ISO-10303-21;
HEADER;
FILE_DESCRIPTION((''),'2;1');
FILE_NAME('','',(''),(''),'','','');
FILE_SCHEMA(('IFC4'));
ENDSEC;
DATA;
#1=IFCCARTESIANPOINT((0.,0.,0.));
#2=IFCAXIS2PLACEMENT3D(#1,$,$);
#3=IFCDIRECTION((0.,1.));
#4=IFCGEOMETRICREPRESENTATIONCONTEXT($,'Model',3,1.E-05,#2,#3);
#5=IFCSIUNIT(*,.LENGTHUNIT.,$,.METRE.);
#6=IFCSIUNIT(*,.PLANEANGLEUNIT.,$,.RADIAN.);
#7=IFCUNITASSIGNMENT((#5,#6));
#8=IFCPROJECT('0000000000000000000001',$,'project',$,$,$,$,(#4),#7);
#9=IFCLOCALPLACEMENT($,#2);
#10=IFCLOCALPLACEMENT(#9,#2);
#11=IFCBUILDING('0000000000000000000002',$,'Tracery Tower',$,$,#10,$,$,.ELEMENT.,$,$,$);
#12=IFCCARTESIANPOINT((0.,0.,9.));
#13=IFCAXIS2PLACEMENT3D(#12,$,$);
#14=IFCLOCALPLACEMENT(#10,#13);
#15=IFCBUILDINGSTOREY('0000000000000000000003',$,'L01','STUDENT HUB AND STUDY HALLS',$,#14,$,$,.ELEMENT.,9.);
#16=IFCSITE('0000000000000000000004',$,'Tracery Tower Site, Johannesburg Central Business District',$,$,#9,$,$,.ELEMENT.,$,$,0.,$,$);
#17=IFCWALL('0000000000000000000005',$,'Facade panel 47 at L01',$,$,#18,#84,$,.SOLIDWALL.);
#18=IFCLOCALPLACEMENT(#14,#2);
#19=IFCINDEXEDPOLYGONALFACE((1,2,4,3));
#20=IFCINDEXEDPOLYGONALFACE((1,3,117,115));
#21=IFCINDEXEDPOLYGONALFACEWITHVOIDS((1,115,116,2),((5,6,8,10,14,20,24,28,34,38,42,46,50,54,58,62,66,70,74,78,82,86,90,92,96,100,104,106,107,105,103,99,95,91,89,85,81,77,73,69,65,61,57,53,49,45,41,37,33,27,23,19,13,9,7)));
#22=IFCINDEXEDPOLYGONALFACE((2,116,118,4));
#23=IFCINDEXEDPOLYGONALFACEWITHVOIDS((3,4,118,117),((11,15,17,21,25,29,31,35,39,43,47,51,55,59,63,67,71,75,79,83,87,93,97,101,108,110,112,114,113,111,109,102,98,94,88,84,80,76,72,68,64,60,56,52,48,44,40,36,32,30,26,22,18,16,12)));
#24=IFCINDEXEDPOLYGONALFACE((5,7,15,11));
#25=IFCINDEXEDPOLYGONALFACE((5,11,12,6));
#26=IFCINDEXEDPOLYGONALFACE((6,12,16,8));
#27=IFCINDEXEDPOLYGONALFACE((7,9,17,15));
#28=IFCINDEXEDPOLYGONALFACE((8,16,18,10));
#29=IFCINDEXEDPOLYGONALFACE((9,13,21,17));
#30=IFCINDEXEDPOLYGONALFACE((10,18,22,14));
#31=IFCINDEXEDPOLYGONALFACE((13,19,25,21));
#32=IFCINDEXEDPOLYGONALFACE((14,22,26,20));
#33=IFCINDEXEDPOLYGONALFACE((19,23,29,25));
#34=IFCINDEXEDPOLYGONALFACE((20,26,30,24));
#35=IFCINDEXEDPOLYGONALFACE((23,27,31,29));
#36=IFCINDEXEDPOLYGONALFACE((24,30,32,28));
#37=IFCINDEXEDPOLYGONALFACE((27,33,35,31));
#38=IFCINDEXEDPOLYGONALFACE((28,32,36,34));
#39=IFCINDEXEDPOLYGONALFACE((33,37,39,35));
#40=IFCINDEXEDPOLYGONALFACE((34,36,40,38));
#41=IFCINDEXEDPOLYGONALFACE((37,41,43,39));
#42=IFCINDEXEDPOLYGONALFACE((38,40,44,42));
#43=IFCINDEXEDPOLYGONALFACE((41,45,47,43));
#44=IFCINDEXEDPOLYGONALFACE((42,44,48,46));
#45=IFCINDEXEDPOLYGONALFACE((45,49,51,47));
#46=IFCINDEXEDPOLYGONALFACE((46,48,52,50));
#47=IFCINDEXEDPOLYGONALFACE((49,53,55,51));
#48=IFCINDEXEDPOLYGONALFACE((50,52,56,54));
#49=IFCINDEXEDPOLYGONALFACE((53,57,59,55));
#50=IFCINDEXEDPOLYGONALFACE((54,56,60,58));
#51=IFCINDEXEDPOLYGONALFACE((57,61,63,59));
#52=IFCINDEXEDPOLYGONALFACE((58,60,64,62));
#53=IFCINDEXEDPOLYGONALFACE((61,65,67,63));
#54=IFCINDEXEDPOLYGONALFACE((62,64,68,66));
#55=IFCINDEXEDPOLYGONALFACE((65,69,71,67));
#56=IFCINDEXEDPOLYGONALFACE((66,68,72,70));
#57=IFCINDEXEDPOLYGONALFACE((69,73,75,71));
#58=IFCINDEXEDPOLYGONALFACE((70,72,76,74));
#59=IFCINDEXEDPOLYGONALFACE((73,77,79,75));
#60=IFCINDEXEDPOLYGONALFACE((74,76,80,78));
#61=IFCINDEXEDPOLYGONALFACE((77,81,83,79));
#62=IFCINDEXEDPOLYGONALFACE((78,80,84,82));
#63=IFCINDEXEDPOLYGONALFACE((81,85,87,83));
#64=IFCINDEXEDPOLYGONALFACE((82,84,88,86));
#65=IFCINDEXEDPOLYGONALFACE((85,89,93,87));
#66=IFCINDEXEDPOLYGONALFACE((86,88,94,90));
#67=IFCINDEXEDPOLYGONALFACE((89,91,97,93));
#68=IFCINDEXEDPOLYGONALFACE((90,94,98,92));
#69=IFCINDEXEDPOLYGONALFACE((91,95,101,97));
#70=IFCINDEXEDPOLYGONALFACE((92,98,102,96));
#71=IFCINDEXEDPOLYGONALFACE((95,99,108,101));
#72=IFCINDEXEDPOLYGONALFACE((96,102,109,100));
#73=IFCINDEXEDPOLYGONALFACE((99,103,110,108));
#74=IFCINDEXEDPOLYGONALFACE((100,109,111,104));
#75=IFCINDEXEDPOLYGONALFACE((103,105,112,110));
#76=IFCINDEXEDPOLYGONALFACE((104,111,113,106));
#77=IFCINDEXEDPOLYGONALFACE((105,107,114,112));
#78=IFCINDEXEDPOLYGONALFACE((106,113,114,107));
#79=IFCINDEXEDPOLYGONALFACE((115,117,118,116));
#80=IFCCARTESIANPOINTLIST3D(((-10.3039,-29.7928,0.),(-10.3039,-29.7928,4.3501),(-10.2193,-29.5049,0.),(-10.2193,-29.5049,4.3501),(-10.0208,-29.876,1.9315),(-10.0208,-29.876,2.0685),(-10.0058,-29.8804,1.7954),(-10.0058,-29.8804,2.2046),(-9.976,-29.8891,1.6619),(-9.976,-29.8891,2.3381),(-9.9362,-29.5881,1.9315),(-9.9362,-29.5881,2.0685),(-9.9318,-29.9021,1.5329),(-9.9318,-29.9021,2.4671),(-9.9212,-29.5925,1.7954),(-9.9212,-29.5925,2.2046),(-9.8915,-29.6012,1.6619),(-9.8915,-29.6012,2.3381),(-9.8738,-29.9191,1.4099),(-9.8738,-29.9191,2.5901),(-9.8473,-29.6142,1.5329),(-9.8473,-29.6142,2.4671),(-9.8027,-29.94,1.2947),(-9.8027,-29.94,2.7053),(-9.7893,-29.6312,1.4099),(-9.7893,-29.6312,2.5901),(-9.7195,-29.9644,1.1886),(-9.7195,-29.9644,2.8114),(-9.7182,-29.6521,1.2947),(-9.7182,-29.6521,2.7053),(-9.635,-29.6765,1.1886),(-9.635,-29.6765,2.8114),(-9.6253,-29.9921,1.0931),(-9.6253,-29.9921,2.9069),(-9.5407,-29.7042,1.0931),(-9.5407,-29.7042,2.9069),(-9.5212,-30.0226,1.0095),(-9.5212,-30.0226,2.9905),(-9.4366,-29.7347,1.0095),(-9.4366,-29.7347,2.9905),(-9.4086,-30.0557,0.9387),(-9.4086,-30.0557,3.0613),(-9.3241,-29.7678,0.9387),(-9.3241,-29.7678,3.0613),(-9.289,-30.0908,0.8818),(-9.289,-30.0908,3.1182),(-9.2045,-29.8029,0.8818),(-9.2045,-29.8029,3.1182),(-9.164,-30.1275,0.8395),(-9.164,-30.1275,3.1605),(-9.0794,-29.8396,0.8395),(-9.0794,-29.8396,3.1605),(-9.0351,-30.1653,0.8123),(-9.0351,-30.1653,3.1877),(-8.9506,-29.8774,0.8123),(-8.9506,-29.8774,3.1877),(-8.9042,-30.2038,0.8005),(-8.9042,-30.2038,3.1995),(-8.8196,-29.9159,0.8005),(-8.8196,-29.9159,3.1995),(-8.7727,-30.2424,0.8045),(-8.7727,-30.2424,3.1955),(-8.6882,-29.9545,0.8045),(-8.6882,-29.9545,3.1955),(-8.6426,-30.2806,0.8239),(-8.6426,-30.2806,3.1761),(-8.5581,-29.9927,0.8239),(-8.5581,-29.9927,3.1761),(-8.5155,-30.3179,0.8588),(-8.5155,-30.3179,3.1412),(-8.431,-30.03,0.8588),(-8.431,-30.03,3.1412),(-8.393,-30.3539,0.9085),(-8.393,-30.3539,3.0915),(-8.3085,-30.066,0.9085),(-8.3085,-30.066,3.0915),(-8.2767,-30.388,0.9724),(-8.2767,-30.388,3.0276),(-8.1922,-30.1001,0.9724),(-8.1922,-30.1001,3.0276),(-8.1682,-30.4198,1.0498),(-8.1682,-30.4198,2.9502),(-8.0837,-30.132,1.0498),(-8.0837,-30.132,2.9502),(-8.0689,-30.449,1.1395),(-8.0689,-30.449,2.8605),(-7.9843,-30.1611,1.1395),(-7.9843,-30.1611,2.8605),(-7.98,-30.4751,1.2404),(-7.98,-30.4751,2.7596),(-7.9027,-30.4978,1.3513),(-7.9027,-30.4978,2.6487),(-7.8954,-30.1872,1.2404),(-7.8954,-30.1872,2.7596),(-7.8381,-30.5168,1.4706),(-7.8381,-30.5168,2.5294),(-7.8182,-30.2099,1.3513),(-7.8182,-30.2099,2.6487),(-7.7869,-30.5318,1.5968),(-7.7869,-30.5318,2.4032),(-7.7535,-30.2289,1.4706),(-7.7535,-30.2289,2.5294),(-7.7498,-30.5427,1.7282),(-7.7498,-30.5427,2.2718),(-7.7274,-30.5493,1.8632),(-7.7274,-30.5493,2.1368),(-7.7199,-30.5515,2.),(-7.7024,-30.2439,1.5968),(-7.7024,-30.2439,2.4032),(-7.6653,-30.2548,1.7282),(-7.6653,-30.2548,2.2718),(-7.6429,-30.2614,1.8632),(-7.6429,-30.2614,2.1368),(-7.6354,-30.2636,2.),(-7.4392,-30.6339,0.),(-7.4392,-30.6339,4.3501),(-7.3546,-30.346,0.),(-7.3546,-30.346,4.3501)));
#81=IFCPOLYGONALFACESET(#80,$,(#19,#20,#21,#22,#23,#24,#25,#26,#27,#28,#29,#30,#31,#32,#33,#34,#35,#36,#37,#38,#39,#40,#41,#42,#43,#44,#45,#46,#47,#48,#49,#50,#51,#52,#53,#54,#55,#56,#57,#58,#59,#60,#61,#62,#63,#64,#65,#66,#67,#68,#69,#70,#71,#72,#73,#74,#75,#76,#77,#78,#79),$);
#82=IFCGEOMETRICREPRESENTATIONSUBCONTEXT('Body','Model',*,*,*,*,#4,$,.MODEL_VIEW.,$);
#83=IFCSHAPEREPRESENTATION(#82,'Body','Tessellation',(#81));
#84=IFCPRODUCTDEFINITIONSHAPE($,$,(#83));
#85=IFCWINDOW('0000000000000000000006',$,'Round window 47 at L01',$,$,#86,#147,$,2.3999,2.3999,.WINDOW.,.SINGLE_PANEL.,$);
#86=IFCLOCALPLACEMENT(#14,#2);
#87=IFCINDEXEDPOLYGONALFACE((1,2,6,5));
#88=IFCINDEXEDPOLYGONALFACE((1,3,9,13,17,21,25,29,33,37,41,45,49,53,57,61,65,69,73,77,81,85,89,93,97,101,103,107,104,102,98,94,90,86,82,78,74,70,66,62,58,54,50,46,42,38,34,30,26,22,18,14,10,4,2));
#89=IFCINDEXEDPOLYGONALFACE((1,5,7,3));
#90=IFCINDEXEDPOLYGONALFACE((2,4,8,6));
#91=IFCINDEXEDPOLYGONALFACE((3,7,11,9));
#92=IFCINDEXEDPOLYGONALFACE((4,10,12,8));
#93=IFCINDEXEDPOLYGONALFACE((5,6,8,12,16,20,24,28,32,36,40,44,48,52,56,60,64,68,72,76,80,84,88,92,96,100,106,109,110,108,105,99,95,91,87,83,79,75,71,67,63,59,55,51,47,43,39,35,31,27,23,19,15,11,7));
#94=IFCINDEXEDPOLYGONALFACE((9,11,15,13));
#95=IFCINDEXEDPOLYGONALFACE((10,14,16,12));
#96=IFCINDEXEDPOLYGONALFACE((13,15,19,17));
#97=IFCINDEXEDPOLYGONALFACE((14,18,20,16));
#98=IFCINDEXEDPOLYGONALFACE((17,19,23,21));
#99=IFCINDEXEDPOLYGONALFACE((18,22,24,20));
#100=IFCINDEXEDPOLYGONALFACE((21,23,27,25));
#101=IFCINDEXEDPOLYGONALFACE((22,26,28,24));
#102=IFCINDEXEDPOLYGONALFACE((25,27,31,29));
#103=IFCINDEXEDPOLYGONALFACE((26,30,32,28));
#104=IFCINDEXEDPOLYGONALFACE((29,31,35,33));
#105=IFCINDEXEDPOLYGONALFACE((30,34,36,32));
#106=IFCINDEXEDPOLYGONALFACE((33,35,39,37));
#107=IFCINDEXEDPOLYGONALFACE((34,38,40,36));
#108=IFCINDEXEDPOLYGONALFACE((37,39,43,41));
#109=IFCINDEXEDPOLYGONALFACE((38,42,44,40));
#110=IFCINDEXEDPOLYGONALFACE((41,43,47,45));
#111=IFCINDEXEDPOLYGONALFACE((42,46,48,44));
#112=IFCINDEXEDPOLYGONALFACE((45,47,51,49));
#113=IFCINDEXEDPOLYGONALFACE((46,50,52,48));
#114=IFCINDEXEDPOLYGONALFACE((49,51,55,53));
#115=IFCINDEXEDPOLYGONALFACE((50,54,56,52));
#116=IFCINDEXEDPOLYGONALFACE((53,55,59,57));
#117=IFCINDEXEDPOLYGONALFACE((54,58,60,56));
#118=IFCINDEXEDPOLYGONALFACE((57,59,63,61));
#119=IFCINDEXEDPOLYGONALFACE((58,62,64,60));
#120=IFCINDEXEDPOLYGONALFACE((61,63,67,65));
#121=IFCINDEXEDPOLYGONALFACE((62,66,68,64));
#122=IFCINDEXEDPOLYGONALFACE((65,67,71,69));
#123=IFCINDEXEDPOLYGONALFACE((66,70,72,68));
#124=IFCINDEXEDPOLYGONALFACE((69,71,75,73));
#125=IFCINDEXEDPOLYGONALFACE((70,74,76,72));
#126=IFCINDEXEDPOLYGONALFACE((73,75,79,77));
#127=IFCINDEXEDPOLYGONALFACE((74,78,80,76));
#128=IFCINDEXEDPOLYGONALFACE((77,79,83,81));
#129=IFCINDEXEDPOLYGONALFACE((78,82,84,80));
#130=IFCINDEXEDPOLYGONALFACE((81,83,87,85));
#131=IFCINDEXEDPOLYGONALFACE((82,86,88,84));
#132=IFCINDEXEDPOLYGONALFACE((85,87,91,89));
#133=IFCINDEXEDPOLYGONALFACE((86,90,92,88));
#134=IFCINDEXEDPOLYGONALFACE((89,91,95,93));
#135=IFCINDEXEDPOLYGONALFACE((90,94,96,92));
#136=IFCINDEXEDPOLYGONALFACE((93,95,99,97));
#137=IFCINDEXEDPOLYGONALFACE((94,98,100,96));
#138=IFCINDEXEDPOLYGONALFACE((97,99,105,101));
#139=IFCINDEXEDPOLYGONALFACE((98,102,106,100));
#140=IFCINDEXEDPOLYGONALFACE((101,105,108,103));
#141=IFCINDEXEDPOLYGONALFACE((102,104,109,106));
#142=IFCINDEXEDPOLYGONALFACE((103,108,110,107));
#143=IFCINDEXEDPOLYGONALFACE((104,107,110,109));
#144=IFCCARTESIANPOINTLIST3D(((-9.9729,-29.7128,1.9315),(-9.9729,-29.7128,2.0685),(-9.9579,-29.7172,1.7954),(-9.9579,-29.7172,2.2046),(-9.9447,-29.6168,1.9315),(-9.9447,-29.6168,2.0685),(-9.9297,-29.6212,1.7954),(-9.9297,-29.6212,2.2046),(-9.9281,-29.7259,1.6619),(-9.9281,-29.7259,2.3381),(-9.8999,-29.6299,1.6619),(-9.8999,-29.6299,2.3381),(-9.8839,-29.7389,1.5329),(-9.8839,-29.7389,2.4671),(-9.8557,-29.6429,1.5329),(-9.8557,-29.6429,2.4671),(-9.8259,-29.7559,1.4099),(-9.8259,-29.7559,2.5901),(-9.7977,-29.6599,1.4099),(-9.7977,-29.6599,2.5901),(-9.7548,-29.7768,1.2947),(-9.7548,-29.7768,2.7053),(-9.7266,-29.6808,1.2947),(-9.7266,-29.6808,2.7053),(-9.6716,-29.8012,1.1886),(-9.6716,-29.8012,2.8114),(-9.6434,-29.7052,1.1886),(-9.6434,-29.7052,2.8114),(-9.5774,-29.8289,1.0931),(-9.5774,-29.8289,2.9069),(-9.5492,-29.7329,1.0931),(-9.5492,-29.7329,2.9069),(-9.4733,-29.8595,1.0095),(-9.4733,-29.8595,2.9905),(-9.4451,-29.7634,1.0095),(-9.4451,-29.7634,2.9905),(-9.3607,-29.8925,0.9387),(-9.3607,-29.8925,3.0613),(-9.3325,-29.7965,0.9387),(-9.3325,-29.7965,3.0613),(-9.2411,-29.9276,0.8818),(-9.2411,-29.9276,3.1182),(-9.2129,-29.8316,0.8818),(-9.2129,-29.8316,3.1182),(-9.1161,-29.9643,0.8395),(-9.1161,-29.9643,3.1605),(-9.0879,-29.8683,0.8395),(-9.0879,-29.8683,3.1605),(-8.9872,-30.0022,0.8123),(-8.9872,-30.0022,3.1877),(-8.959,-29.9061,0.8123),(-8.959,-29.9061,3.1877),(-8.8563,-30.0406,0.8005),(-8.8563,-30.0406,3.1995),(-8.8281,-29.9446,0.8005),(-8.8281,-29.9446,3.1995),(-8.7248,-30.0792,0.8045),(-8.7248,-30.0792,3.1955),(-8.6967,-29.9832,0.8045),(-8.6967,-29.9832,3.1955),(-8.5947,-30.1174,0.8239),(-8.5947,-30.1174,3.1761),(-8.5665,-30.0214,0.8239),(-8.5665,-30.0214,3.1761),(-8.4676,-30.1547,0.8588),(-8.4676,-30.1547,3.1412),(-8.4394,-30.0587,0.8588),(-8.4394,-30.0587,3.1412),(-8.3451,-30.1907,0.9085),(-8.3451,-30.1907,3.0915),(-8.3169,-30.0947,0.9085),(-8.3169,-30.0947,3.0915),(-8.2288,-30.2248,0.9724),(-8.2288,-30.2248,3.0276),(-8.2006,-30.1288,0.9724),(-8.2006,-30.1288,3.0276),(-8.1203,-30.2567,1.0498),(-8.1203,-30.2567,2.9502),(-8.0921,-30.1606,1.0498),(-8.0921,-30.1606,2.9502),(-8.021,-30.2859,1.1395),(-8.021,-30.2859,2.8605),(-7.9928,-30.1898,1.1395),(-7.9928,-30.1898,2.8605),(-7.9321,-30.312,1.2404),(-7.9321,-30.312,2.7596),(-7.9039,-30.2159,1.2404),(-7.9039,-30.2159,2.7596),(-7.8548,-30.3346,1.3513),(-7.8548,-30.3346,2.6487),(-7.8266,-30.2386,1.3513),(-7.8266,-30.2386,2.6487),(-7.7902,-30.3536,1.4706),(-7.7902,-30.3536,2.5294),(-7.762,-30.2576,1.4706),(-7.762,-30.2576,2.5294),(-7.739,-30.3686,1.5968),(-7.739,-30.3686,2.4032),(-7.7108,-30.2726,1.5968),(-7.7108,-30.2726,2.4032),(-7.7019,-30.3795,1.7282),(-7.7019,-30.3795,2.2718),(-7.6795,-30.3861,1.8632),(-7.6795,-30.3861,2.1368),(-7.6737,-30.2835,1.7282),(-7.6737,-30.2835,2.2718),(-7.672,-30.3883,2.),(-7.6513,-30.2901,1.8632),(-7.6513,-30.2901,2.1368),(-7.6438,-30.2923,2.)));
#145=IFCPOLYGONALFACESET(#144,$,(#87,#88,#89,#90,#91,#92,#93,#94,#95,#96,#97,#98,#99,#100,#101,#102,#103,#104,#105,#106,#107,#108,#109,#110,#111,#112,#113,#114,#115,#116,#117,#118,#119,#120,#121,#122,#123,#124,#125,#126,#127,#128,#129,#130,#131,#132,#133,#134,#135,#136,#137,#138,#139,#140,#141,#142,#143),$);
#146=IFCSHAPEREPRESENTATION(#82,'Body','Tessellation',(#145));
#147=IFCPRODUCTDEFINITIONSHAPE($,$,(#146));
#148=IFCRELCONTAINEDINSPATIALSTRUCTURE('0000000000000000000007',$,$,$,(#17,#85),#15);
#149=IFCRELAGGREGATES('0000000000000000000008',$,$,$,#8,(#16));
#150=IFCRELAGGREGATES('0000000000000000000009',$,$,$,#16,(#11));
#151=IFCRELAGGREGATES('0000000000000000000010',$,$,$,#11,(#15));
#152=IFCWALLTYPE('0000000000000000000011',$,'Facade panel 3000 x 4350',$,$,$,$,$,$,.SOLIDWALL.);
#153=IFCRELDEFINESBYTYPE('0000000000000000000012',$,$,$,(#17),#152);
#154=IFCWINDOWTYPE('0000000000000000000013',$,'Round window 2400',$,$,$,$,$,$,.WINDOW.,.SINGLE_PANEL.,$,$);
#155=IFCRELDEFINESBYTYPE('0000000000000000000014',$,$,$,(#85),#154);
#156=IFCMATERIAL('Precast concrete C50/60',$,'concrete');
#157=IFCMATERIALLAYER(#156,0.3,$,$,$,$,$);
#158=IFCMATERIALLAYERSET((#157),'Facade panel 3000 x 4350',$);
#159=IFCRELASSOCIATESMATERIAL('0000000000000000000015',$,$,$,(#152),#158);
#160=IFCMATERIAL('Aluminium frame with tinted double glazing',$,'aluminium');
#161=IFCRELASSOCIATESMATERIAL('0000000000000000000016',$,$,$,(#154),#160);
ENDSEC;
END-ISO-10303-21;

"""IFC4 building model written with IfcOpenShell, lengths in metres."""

from ifc_helpers import new_model, si_unit, direction, frame, frame_2d, origin, origin_2d, place, context, subcontext, project, spatial, rectangle, circle, extrude, material, layer, layer_set, type_object, element, fill, save


model = new_model("IFC4")

# Units and contexts
model_context = context("Model", 3, precision=1e-05, world=origin(), true_north=direction((0.0, 1.0)))
body_context = subcontext(model_context, "Body", "Model", "MODEL_VIEW")
ifc_project = project(units=[si_unit("LENGTHUNIT", "METRE"), si_unit("PLANEANGLEUNIT", "RADIAN")], contexts=[model_context])

# Site, building, storey
site_placement = place(None, origin())
site = spatial("IfcSite", under=ifc_project, at=site_placement, Name="Tracery Tower Site, Johannesburg Central Business District", CompositionType="ELEMENT", RefElevation=0.0)
building_placement = place(site_placement, origin())
building = spatial("IfcBuilding", under=site, at=building_placement, Name="Tracery Tower", CompositionType="ELEMENT")
storey_placement = place(building_placement, frame((0.0, 0.0, 9.0)))
storey = spatial("IfcBuildingStorey", under=building, at=storey_placement, Name="L01", Description="STUDENT HUB AND STUDY HALLS", CompositionType="ELEMENT", Elevation=9.0)

# Wall, opening, window
ifc_material_1 = material(Name="Precast concrete C50/60", Category="concrete")
ifc_layer_1 = layer(ifc_material_1, 0.3)
ifc_layer_set_1 = layer_set([ifc_layer_1], Name="Facade panel 3000 x 4350")
wall_type_1 = type_object("IfcWallType", Name="Facade panel 3000 x 4350", PredefinedType="SOLIDWALL", material=ifc_layer_set_1)
ifc_material_2 = material(Name="Aluminium frame with tinted double glazing", Category="aluminium")
window_type = type_object("IfcWindowType", Name="Round window 2400", PartitioningType="SINGLE_PANEL", PredefinedType="WINDOW", material=ifc_material_2)
wall_1_placement = place(storey_placement, frame((-10.2615, -29.6489, 0.0), z_axis=(0.0, 0.0, 1.0), x_axis=(0.959502, -0.281701, 0.0)))
wall_1 = element("IfcWall", 1, at=wall_1_placement, inside=storey, type_object=wall_type_1, Name="Facade panel 47 at L01", PredefinedType="SOLIDWALL", context=body_context, shape_type="SweptSolid", body=[
    extrude(rectangle(XDim=2.9856, YDim=0.3, at=frame_2d((1.4927, 0.0))), origin(), (0.0, 0.0, 1.0), 4.3501),
])
opening_1_placement = place(wall_1_placement, frame((1.4929, 0.0, 2.0)))
opening_1 = element("IfcOpeningElement", 2, at=opening_1_placement, cuts=wall_1, PredefinedType="OPENING", context=body_context, shape_type="SweptSolid", body=[
    extrude(circle(Radius=1.2, at=origin_2d()), frame((0.0, 0.1599, 0.0), z_axis=(0.0, -1.0, 0.0), x_axis=(1.0, 0.0, 0.0)), (0.0, 0.0, 1.0), 0.3201),
])
window_1_placement = place(opening_1_placement, origin())
window_1 = element("IfcWindow", 3, at=window_1_placement, inside=storey, type_object=window_type, Name="Round window 47 at L01", OverallHeight=2.3999, OverallWidth=2.3999, PartitioningType="SINGLE_PANEL", PredefinedType="WINDOW", context=body_context, shape_type="SweptSolid", body=[
    extrude(circle(Radius=1.2, at=origin_2d()), frame((0.0, 0.1201, 0.0), z_axis=(0.0, -1.0, 0.0), x_axis=(1.0, 0.0, 0.0)), (0.0, 0.0, 1.0), 0.1001),
])
fill(opening_1, window_1)

save(model, "model.ifc")
